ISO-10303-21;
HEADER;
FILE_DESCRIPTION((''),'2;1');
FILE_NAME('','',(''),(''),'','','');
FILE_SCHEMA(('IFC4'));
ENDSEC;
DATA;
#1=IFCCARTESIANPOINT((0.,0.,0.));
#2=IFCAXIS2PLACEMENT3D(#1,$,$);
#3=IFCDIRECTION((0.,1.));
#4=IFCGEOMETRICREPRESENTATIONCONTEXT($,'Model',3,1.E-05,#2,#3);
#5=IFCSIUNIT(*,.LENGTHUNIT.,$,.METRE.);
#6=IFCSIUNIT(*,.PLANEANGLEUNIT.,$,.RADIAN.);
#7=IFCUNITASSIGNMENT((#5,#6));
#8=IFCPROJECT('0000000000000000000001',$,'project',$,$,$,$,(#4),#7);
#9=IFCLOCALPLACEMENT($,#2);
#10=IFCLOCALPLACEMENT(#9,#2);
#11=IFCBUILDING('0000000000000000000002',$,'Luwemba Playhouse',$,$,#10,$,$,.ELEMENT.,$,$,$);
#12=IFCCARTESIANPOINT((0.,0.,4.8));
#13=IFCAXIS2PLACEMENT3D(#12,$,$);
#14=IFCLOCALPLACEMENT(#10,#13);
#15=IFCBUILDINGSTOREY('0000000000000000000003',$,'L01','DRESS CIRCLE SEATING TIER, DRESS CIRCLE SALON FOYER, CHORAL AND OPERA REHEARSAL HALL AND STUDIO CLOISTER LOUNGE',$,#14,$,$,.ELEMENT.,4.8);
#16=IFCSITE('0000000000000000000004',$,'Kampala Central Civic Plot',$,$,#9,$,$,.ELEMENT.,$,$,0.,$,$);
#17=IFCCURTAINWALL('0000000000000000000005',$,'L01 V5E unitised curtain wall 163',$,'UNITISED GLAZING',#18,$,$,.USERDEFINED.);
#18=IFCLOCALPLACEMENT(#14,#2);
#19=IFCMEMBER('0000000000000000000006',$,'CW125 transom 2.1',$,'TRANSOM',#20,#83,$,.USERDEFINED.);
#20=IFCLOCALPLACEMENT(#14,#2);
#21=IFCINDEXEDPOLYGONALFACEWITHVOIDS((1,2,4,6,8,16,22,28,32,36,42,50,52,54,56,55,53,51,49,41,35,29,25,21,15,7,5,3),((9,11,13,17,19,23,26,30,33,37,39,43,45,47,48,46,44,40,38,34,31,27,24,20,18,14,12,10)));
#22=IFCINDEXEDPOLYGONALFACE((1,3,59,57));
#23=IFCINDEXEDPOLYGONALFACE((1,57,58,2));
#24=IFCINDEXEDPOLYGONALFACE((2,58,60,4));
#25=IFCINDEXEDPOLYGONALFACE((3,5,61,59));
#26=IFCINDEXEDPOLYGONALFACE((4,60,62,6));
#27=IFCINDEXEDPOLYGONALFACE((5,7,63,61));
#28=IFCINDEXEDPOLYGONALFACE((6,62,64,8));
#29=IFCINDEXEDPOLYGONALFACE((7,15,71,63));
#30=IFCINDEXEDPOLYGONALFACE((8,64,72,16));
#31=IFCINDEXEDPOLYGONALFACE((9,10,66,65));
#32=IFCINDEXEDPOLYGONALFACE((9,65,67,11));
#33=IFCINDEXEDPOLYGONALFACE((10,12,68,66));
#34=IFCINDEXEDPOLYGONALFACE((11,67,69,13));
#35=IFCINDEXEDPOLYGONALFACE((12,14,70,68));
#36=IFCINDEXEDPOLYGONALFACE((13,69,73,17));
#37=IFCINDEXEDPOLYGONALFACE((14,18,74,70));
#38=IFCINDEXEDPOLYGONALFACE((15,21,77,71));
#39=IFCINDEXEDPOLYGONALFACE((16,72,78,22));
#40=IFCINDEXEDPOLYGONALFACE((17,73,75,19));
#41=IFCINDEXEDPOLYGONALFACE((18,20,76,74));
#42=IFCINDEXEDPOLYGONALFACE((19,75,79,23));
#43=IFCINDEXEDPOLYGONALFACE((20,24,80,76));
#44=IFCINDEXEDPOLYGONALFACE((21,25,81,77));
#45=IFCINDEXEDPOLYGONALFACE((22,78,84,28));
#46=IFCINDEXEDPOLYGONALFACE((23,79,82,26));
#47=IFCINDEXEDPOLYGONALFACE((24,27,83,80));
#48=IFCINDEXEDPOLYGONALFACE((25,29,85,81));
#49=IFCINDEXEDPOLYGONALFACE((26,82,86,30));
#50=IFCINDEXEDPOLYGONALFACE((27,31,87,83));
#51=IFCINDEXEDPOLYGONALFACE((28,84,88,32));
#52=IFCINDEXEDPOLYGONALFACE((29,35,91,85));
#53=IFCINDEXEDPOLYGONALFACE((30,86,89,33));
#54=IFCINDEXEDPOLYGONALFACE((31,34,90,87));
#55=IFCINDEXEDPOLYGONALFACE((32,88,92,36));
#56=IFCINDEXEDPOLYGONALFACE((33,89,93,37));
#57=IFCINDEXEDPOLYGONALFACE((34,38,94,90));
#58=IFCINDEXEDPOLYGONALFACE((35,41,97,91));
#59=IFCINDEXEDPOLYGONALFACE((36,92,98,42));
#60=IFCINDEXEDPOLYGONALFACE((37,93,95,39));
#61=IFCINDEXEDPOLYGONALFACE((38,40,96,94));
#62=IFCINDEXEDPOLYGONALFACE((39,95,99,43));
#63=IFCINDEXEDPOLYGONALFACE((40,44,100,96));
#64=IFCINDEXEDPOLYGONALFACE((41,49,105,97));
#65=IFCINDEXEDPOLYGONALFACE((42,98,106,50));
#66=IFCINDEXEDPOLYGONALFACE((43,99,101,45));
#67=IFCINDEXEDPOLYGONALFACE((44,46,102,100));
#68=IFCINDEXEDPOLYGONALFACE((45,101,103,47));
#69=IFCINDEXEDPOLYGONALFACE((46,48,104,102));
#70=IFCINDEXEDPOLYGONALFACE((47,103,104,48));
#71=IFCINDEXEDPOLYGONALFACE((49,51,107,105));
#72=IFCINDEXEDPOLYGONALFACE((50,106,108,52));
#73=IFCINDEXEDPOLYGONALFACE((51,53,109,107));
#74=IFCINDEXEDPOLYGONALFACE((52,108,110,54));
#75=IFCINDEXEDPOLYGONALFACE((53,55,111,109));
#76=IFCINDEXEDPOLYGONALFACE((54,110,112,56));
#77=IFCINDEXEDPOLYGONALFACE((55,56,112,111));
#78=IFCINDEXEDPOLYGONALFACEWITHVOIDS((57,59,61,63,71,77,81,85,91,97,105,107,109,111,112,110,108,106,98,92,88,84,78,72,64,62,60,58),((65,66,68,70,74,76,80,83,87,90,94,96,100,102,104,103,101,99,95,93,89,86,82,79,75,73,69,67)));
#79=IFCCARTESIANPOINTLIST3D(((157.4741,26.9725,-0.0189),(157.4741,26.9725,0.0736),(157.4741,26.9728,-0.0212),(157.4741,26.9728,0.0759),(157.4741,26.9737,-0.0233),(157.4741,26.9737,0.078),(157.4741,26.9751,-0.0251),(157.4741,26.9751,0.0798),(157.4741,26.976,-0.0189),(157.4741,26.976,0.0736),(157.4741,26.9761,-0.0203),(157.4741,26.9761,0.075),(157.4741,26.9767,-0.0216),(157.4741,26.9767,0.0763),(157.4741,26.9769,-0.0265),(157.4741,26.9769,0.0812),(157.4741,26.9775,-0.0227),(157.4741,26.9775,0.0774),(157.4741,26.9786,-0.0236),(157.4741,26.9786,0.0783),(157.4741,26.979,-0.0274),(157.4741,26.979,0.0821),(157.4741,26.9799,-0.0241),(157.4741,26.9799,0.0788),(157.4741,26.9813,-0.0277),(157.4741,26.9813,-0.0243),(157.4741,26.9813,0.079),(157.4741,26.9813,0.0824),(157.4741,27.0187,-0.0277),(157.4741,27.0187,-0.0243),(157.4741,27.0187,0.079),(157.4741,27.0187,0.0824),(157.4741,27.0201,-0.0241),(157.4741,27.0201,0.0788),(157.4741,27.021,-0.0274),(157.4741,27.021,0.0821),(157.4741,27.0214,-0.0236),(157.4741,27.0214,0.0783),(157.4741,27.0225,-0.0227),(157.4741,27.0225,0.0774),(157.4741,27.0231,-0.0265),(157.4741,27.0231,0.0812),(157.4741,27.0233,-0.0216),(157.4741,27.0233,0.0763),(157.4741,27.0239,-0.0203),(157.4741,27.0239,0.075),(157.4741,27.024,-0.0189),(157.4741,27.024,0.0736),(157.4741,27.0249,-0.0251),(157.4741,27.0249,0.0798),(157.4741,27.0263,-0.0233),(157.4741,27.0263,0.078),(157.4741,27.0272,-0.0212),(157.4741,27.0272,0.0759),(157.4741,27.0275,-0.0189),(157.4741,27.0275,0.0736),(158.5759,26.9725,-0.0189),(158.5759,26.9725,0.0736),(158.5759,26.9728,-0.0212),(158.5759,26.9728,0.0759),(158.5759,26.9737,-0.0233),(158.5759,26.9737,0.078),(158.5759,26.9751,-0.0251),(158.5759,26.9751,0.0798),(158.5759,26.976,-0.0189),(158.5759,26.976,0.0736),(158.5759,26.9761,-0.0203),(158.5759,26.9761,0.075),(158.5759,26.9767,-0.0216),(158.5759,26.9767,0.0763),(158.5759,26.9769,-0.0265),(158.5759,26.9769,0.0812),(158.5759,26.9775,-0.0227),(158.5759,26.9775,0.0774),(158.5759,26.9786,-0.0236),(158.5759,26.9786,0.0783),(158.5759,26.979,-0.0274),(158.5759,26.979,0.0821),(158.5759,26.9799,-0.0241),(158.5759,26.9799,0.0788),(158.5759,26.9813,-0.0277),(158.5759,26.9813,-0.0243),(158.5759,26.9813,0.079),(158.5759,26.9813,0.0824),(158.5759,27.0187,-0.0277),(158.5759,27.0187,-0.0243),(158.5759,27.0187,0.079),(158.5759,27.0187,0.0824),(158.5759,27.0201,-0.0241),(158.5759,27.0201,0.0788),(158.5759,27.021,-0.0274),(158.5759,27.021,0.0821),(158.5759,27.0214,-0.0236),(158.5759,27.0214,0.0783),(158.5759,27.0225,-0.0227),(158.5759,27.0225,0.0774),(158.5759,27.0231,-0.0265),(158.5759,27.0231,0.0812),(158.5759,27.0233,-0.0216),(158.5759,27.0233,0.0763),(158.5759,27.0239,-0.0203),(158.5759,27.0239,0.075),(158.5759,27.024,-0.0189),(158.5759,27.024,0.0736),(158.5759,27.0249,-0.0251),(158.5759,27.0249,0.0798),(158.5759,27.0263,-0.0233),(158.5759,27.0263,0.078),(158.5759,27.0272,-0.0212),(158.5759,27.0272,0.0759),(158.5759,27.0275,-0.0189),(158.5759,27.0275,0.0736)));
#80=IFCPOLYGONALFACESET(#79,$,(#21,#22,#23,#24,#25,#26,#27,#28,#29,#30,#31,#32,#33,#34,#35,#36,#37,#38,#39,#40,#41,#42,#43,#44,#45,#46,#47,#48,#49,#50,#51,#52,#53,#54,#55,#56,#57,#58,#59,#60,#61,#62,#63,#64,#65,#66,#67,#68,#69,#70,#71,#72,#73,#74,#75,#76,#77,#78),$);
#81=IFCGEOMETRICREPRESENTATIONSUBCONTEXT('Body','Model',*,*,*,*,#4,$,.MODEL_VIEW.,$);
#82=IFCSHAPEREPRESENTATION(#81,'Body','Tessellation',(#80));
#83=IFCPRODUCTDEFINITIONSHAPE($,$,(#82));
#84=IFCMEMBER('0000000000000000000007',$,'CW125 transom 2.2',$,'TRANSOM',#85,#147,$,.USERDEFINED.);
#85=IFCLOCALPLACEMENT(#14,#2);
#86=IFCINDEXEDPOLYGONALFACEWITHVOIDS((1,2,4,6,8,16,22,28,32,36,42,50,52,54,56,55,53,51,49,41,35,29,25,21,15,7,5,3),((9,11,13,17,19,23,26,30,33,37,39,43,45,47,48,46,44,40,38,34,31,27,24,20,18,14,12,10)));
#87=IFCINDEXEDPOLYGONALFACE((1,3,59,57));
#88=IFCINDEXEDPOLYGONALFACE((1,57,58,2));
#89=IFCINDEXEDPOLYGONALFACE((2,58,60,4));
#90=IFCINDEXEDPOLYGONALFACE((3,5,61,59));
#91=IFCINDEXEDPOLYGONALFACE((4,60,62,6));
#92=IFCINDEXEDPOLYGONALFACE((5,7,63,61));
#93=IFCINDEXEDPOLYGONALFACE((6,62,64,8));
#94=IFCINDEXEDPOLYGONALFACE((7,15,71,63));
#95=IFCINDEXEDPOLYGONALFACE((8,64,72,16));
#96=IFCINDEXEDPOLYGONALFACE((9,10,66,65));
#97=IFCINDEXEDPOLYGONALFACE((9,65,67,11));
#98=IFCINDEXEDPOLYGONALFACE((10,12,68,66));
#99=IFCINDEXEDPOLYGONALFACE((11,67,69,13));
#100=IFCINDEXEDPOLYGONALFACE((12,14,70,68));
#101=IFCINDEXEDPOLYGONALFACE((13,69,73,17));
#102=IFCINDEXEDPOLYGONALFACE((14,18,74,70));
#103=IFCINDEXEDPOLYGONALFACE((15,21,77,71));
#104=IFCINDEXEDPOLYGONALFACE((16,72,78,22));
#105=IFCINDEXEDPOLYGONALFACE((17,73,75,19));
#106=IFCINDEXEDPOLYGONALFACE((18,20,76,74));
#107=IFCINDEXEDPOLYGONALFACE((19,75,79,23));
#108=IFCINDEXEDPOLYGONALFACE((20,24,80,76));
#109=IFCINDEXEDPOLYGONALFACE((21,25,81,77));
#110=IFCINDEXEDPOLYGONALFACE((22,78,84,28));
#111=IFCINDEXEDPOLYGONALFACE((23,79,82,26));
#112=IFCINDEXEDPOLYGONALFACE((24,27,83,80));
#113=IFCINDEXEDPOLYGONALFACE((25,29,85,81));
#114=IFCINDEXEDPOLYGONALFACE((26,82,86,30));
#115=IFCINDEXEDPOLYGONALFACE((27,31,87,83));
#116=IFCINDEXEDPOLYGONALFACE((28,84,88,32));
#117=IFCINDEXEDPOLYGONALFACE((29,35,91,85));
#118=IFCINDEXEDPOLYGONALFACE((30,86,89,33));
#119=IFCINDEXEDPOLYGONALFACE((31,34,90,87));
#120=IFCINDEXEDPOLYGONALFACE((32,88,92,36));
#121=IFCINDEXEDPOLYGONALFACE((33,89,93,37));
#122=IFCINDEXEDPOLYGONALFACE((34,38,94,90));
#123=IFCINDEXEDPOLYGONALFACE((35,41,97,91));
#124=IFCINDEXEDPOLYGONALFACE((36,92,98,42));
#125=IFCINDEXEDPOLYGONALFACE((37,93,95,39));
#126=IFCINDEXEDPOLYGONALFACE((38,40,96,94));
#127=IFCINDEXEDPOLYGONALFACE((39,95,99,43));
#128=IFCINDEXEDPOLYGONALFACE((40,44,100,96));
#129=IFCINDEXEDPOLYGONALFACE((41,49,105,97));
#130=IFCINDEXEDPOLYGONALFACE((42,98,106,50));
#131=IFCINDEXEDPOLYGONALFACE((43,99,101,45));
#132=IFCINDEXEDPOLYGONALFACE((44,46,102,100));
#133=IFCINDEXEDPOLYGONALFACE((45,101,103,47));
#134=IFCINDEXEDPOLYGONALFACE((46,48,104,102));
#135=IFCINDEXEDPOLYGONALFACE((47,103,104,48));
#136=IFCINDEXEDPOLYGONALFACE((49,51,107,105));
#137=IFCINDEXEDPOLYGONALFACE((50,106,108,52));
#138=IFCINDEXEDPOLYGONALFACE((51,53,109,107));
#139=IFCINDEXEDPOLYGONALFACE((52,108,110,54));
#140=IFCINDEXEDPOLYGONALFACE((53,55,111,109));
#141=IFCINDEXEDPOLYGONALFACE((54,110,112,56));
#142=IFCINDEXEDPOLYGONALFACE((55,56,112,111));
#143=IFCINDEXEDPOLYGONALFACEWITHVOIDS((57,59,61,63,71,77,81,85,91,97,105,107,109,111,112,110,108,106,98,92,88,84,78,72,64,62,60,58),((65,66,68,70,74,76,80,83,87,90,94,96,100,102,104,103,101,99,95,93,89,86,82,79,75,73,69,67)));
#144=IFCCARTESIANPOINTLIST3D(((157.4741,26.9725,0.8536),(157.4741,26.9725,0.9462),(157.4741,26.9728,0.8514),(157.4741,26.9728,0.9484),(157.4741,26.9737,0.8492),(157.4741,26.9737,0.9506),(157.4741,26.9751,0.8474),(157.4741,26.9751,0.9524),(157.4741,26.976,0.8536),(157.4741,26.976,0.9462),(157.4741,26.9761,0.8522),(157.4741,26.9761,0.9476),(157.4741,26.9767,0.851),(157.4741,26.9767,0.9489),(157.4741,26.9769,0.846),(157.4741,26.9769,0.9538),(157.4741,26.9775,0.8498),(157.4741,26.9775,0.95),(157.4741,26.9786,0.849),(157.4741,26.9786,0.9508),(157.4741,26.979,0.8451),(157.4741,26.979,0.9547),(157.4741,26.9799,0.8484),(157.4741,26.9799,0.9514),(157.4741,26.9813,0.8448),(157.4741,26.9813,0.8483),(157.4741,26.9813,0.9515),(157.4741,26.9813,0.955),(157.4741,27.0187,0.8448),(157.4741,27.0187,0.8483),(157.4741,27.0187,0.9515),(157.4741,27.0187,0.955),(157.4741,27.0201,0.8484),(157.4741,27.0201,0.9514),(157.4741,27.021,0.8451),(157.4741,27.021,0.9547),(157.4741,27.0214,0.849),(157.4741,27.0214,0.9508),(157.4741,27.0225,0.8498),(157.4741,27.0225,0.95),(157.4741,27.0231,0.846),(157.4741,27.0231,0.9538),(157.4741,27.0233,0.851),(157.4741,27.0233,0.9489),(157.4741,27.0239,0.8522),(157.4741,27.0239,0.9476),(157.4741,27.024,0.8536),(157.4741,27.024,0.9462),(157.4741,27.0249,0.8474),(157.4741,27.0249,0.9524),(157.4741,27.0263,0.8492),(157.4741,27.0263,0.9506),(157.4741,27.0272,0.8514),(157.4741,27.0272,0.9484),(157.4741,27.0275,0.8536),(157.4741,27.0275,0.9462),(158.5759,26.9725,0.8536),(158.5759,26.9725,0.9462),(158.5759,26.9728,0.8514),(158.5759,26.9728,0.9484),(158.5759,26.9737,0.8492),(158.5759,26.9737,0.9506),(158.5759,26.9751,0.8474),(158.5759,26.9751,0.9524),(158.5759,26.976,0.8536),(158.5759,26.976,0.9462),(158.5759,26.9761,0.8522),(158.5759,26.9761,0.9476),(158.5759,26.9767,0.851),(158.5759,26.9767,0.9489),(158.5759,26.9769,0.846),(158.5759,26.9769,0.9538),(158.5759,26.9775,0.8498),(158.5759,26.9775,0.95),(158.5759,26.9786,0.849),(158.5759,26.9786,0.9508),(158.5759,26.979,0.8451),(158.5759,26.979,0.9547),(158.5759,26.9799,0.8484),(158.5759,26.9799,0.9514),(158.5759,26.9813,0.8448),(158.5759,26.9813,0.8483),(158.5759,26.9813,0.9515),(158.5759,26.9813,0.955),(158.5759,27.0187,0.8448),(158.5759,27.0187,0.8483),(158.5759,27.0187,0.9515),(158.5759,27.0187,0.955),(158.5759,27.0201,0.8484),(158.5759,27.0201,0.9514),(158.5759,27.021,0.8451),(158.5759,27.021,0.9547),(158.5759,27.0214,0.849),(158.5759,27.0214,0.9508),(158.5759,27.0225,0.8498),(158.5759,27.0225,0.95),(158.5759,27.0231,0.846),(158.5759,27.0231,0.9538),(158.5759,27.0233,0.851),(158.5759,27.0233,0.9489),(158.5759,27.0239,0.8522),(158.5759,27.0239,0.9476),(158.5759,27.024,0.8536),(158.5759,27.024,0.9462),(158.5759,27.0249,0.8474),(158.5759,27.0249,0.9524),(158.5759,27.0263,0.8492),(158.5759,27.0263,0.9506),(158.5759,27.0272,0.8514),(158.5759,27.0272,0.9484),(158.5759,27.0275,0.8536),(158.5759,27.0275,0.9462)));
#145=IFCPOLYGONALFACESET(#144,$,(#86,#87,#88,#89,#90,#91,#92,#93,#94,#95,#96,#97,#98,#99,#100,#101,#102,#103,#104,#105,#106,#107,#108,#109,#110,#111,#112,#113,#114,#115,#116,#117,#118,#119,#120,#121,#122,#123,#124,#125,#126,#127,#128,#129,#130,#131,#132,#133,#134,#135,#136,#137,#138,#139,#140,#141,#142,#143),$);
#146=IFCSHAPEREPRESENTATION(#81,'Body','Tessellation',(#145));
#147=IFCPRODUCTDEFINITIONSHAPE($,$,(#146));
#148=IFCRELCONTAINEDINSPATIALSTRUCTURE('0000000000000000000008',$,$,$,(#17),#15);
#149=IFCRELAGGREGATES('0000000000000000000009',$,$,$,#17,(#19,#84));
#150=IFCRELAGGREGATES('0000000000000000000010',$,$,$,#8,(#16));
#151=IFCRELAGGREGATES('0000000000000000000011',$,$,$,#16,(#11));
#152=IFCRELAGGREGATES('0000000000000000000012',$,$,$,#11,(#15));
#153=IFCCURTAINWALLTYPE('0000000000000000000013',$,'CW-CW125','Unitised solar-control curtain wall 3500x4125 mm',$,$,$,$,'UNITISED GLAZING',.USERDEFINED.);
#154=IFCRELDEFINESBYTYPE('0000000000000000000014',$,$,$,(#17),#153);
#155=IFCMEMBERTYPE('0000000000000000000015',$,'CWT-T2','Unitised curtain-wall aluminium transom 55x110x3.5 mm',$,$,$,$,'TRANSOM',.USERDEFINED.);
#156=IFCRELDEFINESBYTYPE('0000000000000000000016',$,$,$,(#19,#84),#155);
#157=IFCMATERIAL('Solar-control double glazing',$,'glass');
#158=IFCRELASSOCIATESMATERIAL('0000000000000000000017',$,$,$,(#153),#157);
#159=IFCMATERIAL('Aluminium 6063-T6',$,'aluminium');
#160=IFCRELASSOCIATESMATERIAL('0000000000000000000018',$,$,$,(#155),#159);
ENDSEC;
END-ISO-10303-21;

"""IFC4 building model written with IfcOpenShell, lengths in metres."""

from ifc_helpers import new_model, si_unit, direction, frame, origin, origin_2d, place, context, subcontext, project, spatial, hollow_rectangle, extrude, material, material_profile, profile_set, type_object, element, aggregate, save


model = new_model("IFC4")

# Units and contexts
model_context = context("Model", 3, precision=1e-05, world=origin(), true_north=direction((0.0, 1.0)))
body_context = subcontext(model_context, "Body", "Model", "MODEL_VIEW")
ifc_project = project(units=[si_unit("LENGTHUNIT", "METRE"), si_unit("PLANEANGLEUNIT", "RADIAN")], contexts=[model_context])

# Site, building, storey
site_placement = place(None, origin())
site = spatial("IfcSite", under=ifc_project, at=site_placement, Name="Kampala Central Civic Plot", CompositionType="ELEMENT", RefElevation=0.0)
building_placement = place(site_placement, origin())
building = spatial("IfcBuilding", under=site, at=building_placement, Name="Luwemba Playhouse", CompositionType="ELEMENT")
storey_placement = place(building_placement, frame((0.0, 0.0, 4.8)))
storey = spatial("IfcBuildingStorey", under=building, at=storey_placement, Name="L01", Description="DRESS CIRCLE SEATING TIER, DRESS CIRCLE SALON FOYER, CHORAL AND OPERA REHEARSAL HALL AND STUDIO CLOISTER LOUNGE", CompositionType="ELEMENT", Elevation=4.8)

# Curtain wall
ifc_material_1 = material(Name="Solar-control double glazing", Category="glass")
curtain_wall_type_1 = type_object("IfcCurtainWallType", Name="CW-CW125", Description="Unitised solar-control curtain wall 3500x4125 mm", ElementType="UNITISED GLAZING", PredefinedType="USERDEFINED", material=ifc_material_1)
curtain_wall_1_placement = place(storey_placement, origin())
curtain_wall_1 = element("IfcCurtainWall", 1, at=curtain_wall_1_placement, inside=storey, type_object=curtain_wall_type_1, Name="L01 V5E unitised curtain wall 163", ObjectType="UNITISED GLAZING", PredefinedType="USERDEFINED")
ifc_material_2 = material(Name="Aluminium 6063-T6", Category="aluminium")

# Members
ifc_material_profile_1 = material_profile(ifc_material_2, hollow_rectangle(XDim=0.0549, YDim=0.1101, WallThickness=0.0034, InnerFilletRadius=0.0054, OuterFilletRadius=0.0088, at=origin_2d()))
ifc_profile_set_1 = profile_set([ifc_material_profile_1], Name="Aluminium 6063-T6")
member_type_1 = type_object("IfcMemberType", Name="CWT-T2", Description="Unitised curtain-wall aluminium transom 55x110x3.5 mm", ElementType="TRANSOM", PredefinedType="USERDEFINED", material=ifc_profile_set_1)
member_1_placement = place(storey_placement, frame((157.4741, 27.0, 0.0273), z_axis=(1.0, 0.0, 0.0), x_axis=(0.0, 1.0, 0.0)))
member_1 = element("IfcMember", 2, at=member_1_placement, type_object=member_type_1, Name="CW125 transom 2.1", ObjectType="TRANSOM", PredefinedType="USERDEFINED", context=body_context, shape_type="SweptSolid", body=[
    extrude(hollow_rectangle(XDim=0.0549, YDim=0.1101, WallThickness=0.0034, InnerFilletRadius=0.0054, OuterFilletRadius=0.0088, at=origin_2d()), origin(), (0.0, 0.0, 1.0), 1.1018),
])
member_2_placement = place(storey_placement, frame((157.4741, 27.0, 0.8999), z_axis=(1.0, 0.0, 0.0), x_axis=(0.0, 1.0, 0.0)))
member_2 = element("IfcMember", 3, at=member_2_placement, type_object=member_type_1, Name="CW125 transom 2.2", ObjectType="TRANSOM", PredefinedType="USERDEFINED", context=body_context, shape_type="SweptSolid", body=[
    extrude(hollow_rectangle(XDim=0.0549, YDim=0.1101, WallThickness=0.0034, InnerFilletRadius=0.0054, OuterFilletRadius=0.0088, at=origin_2d()), origin(), (0.0, 0.0, 1.0), 1.1018),
])

aggregate(curtain_wall_1, [member_1, member_2])

save(model, "model.ifc")
